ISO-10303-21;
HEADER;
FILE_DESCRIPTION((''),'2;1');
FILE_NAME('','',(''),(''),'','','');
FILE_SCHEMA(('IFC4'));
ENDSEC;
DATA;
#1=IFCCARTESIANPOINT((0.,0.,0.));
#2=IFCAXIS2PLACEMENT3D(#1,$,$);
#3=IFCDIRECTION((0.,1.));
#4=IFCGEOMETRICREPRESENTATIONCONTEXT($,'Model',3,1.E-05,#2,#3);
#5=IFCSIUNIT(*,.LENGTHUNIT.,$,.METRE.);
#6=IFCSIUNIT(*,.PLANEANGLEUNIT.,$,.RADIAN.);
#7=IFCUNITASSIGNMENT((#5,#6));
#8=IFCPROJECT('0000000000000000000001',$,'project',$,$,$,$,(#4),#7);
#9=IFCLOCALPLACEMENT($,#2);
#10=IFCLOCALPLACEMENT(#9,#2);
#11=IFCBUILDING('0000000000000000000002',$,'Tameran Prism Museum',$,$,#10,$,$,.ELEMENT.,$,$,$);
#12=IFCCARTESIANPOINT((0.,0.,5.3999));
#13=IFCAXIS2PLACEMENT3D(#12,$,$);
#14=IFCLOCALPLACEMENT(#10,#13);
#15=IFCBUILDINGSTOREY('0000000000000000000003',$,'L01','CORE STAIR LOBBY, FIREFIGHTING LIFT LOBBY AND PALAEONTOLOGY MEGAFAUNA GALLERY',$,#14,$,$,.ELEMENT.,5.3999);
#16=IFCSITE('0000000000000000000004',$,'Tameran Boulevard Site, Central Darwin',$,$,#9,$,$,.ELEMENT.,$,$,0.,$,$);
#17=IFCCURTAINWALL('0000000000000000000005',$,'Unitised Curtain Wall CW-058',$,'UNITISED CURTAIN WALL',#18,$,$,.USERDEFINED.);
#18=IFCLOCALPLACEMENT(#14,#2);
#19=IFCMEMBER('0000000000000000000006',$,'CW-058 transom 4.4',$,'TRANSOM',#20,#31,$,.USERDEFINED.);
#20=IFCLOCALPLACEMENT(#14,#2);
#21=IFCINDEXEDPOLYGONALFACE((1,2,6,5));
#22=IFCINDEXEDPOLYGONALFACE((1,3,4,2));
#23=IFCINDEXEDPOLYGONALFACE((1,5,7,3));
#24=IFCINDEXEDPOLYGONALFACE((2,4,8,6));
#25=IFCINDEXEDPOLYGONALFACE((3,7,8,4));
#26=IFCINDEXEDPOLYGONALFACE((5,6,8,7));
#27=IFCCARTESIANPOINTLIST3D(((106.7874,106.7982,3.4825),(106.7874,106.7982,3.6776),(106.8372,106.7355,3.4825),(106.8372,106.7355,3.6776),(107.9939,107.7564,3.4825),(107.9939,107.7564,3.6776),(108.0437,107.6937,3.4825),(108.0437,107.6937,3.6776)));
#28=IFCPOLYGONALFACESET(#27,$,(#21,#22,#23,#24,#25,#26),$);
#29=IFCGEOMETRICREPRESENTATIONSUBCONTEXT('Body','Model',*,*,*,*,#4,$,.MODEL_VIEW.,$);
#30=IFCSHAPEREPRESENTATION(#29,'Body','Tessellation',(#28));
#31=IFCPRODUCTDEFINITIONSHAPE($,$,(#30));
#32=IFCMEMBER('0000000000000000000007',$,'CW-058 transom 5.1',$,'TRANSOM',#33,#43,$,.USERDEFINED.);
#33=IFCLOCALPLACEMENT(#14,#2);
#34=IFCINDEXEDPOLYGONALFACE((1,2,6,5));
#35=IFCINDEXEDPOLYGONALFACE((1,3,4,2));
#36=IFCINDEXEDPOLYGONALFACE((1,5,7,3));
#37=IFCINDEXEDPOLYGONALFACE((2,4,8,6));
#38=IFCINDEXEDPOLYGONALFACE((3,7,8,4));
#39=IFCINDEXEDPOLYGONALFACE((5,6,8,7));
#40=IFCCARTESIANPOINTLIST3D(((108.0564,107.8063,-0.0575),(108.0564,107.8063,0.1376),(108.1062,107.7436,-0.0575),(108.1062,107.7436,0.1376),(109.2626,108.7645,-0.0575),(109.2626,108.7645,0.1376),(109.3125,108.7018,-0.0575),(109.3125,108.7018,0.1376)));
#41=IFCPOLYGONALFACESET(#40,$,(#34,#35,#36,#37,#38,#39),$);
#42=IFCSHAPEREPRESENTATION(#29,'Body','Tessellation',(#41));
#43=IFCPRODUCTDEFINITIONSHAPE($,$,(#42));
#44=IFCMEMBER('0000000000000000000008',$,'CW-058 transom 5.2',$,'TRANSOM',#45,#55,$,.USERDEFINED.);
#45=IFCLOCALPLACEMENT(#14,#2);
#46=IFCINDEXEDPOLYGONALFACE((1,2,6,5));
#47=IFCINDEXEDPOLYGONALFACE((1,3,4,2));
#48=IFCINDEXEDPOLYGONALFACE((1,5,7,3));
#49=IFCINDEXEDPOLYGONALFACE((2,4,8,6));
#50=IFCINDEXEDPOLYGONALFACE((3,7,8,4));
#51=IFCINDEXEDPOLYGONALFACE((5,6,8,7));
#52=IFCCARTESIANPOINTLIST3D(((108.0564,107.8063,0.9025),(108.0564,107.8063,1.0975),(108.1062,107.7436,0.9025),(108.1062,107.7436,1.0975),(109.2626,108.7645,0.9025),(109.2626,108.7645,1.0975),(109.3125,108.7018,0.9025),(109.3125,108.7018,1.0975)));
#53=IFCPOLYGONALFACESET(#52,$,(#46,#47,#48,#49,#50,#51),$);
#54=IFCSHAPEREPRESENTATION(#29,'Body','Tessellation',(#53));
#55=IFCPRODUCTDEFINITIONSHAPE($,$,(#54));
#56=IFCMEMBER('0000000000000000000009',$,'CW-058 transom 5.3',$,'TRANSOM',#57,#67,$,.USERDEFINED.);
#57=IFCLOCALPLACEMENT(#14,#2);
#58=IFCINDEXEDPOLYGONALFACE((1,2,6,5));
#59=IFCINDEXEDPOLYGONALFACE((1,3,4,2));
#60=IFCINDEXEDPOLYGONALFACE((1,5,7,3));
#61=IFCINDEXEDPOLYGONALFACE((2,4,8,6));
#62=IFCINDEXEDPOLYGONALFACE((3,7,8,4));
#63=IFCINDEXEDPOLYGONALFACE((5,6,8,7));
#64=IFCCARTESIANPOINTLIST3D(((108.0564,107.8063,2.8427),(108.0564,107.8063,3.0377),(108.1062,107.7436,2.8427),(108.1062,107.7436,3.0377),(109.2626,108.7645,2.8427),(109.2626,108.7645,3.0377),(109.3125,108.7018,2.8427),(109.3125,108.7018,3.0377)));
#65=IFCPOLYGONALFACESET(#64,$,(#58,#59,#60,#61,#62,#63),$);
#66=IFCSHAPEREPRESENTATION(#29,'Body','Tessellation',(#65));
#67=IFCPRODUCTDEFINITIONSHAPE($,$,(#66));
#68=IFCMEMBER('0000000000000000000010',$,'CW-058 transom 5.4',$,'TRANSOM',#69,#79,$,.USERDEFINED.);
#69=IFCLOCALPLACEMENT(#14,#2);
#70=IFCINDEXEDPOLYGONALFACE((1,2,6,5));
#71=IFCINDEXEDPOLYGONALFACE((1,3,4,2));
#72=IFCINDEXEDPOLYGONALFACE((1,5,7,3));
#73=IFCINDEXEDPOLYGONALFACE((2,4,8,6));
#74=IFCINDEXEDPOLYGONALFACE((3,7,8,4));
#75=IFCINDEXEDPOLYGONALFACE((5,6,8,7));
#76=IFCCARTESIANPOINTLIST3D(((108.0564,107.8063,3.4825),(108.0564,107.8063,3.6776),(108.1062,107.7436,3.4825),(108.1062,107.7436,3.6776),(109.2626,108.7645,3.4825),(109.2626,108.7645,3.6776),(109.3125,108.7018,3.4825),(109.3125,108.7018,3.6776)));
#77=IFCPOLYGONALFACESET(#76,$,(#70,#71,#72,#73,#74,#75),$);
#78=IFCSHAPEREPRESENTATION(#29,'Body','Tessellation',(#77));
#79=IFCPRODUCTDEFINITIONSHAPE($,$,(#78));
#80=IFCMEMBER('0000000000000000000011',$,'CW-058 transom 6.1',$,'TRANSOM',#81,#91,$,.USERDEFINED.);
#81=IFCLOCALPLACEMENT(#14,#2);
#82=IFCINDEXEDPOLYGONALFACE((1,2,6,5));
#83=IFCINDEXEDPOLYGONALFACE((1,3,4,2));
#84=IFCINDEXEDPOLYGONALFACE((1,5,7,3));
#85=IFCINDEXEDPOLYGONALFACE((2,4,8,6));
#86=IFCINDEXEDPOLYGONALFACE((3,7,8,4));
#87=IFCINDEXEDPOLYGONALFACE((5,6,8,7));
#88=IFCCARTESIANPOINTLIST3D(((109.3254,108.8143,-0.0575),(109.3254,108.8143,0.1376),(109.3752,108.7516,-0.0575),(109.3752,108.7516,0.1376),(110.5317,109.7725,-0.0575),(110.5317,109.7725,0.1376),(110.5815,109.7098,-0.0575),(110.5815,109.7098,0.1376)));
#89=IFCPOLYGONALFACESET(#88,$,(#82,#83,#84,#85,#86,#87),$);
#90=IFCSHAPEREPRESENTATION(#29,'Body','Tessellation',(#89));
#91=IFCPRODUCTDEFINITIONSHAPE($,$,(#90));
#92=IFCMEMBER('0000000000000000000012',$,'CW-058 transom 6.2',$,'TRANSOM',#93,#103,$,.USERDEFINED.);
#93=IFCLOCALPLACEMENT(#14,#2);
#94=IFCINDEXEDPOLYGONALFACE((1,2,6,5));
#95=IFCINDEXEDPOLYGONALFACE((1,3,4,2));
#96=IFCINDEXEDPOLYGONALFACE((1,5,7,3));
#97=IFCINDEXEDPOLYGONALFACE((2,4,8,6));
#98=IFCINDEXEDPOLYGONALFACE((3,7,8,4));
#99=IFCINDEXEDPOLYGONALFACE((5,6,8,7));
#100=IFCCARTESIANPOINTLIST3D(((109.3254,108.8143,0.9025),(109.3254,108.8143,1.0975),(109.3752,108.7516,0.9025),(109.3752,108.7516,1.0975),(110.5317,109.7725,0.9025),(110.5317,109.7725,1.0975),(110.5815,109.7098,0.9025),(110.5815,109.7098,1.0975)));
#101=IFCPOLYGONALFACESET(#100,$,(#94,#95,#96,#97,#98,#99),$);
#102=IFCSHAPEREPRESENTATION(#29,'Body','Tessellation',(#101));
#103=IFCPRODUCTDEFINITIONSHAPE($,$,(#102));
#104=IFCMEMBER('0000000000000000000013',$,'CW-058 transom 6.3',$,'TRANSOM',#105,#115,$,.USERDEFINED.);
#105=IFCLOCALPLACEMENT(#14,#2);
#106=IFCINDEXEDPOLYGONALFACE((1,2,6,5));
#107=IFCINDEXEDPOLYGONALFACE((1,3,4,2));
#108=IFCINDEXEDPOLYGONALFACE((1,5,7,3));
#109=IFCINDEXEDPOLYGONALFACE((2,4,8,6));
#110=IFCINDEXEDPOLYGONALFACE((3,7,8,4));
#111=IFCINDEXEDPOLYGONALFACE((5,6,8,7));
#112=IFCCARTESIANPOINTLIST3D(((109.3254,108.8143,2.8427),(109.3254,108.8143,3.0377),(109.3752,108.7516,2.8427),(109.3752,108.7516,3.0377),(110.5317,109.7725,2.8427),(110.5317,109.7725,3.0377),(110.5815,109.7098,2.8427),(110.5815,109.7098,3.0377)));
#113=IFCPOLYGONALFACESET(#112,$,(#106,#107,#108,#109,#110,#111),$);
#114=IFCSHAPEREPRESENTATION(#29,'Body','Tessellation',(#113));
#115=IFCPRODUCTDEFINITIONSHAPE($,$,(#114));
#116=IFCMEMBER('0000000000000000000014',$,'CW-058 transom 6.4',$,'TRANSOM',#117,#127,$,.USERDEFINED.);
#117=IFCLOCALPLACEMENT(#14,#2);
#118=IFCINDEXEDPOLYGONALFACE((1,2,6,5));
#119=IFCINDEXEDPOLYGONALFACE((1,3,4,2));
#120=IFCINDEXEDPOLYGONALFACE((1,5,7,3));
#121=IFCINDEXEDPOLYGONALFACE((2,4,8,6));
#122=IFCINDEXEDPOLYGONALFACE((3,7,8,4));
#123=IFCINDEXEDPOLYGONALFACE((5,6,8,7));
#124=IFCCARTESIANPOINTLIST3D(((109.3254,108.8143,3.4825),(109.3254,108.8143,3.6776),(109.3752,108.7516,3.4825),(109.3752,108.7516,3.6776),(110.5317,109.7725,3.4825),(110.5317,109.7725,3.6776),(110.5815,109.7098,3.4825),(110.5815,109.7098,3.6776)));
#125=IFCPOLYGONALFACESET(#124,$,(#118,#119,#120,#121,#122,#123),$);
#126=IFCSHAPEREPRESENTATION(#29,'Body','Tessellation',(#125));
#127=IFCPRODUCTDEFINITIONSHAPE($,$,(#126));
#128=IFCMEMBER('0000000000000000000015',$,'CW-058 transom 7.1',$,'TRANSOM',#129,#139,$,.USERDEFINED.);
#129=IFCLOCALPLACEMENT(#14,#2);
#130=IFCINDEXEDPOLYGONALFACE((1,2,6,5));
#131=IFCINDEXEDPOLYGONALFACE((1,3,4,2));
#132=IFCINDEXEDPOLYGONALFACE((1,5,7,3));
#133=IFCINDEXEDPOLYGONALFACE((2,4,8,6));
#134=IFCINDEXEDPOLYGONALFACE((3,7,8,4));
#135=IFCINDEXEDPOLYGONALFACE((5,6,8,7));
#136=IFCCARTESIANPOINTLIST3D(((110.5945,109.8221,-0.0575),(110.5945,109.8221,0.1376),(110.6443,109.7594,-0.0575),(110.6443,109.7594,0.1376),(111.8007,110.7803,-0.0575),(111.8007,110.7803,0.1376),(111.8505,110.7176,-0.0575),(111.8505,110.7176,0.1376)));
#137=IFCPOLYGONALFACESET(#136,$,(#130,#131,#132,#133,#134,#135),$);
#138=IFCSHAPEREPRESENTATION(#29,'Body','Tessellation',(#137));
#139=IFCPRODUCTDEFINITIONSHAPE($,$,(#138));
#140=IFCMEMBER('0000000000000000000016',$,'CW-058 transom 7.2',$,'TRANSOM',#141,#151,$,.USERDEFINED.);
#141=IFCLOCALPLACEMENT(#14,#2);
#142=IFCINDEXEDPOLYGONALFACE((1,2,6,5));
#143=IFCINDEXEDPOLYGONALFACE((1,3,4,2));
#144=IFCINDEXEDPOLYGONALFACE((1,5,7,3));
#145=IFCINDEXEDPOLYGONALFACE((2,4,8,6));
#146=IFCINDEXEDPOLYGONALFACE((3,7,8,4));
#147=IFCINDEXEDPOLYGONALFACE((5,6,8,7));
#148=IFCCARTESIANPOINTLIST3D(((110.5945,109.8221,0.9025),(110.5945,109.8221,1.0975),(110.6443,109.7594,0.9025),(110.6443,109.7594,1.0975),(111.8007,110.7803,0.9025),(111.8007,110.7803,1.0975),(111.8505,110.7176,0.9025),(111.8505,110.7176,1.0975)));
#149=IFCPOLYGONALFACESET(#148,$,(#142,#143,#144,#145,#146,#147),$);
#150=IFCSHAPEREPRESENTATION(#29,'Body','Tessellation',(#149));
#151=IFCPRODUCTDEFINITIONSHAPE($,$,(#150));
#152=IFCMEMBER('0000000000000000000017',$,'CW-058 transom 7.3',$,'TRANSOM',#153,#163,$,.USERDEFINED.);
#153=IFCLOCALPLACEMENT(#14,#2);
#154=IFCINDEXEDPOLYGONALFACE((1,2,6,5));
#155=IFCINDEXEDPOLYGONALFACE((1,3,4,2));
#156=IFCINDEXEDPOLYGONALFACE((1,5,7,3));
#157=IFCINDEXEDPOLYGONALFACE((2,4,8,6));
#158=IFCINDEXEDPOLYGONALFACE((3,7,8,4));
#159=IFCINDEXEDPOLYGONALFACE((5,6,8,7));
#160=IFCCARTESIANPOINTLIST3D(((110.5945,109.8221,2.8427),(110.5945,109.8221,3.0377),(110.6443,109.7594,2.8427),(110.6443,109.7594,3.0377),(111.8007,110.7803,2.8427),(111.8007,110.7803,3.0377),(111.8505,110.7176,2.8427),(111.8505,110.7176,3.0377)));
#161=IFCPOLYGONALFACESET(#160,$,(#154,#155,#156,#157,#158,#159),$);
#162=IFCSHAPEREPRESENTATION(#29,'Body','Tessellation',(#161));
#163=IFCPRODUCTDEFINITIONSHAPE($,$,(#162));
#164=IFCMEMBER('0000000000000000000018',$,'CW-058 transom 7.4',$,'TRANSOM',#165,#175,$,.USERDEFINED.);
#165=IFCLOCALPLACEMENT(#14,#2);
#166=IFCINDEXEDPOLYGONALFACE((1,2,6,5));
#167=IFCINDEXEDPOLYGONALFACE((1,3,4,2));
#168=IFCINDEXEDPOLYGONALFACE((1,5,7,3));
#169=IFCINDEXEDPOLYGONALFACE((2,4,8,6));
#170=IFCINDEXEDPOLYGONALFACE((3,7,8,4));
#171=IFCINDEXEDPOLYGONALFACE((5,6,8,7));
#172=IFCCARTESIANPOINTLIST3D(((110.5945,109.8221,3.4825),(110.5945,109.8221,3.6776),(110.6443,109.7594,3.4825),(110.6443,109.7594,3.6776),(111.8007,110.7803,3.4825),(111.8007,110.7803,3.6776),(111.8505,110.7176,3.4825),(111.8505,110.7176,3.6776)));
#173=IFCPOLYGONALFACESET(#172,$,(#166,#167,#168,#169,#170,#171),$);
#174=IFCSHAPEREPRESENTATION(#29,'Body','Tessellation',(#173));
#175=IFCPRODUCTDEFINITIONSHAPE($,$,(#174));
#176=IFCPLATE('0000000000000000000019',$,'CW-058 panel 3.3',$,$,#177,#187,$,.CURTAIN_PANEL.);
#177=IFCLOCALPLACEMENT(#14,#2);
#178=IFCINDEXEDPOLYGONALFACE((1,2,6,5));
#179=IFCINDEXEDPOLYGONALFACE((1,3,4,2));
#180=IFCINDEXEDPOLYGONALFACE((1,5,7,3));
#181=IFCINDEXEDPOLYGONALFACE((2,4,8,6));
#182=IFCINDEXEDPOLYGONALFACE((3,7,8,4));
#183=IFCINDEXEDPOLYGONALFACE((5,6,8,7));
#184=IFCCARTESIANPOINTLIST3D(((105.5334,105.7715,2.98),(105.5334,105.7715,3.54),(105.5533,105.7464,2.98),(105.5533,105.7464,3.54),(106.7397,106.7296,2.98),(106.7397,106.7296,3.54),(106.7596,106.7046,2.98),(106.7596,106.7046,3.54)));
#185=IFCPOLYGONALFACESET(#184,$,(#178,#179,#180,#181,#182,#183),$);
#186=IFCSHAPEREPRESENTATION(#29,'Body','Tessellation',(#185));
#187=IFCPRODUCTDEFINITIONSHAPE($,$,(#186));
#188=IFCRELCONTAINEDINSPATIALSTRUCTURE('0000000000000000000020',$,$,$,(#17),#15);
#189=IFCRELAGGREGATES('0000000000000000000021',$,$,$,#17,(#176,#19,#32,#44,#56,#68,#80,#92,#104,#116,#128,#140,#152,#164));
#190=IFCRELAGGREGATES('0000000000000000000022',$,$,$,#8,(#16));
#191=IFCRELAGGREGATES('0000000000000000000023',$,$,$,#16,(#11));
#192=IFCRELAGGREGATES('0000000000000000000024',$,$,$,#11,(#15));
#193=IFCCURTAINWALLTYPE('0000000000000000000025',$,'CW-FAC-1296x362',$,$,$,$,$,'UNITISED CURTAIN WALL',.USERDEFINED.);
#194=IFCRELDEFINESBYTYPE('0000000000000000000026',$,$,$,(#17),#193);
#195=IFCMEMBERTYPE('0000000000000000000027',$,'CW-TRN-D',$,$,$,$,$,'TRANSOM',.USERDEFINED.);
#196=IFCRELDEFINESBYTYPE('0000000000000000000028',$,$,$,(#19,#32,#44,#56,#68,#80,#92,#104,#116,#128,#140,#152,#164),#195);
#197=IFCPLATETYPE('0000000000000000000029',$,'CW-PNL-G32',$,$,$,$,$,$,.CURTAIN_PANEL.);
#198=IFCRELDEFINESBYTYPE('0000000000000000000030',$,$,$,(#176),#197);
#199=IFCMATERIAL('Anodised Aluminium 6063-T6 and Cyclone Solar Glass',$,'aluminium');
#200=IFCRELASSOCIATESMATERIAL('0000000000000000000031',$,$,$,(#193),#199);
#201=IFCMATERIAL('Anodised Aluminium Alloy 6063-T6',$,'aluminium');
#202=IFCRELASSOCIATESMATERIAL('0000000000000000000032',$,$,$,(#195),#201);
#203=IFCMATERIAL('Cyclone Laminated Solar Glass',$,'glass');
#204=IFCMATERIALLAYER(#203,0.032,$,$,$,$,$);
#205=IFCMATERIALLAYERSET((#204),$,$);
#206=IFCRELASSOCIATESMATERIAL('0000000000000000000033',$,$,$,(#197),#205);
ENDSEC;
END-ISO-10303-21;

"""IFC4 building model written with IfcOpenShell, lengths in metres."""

from ifc_helpers import new_model, si_unit, direction, frame, origin, origin_2d, place, context, subcontext, project, spatial, rectangle, extrude, material, layer, layer_set, material_profile, profile_set, type_object, element, aggregate, save


model = new_model("IFC4")

# Units and contexts
model_context = context("Model", 3, precision=1e-05, world=origin(), true_north=direction((0.0, 1.0)))
body_context = subcontext(model_context, "Body", "Model", "MODEL_VIEW")
ifc_project = project(units=[si_unit("LENGTHUNIT", "METRE"), si_unit("PLANEANGLEUNIT", "RADIAN")], contexts=[model_context])

# Site, building, storey
site_placement = place(None, origin())
site = spatial("IfcSite", under=ifc_project, at=site_placement, Name="Tameran Boulevard Site, Central Darwin", CompositionType="ELEMENT", RefElevation=0.0)
building_placement = place(site_placement, origin())
building = spatial("IfcBuilding", under=site, at=building_placement, Name="Tameran Prism Museum", CompositionType="ELEMENT")
storey_placement = place(building_placement, frame((0.0, 0.0, 5.3999)))
storey = spatial("IfcBuildingStorey", under=building, at=storey_placement, Name="L01", Description="CORE STAIR LOBBY, FIREFIGHTING LIFT LOBBY AND PALAEONTOLOGY MEGAFAUNA GALLERY", CompositionType="ELEMENT", Elevation=5.3999)

# Curtain wall, members, plate
ifc_material_1 = material(Name="Anodised Aluminium 6063-T6 and Cyclone Solar Glass", Category="aluminium")
curtain_wall_type = type_object("IfcCurtainWallType", Name="CW-FAC-1296x362", ElementType="UNITISED CURTAIN WALL", PredefinedType="USERDEFINED", material=ifc_material_1)
curtain_wall_placement = place(storey_placement, origin())
curtain_wall = element("IfcCurtainWall", 1, at=curtain_wall_placement, inside=storey, type_object=curtain_wall_type, Name="Unitised Curtain Wall CW-058", ObjectType="UNITISED CURTAIN WALL", PredefinedType="USERDEFINED")
ifc_material_2 = material(Name="Anodised Aluminium Alloy 6063-T6", Category="aluminium")
ifc_material_profile_1 = material_profile(ifc_material_2, rectangle(XDim=0.0801, YDim=0.1951, at=origin_2d()))
ifc_profile_set_1 = profile_set([ifc_material_profile_1])
member_type_1 = type_object("IfcMemberType", Name="CW-TRN-D", ElementType="TRANSOM", PredefinedType="USERDEFINED", material=ifc_profile_set_1)
member_1_placement = place(storey_placement, frame((106.8123, 106.7668, 3.5801), z_axis=(0.783075, 0.621928, 0.0), x_axis=(-0.621928, 0.783075, 0.0)))
member_1 = element("IfcMember", 2, at=member_1_placement, type_object=member_type_1, Name="CW-058 transom 4.4", ObjectType="TRANSOM", PredefinedType="USERDEFINED", context=body_context, shape_type="SweptSolid", body=[
    extrude(rectangle(XDim=0.0801, YDim=0.1951, at=origin_2d()), origin(), (0.0, 0.0, 1.0), 1.5408),
])
member_2_placement = place(storey_placement, frame((108.0813, 107.7749, 0.04), z_axis=(0.783013, 0.622005, 0.0), x_axis=(-0.622005, 0.783013, 0.0)))
member_2 = element("IfcMember", 3, at=member_2_placement, type_object=member_type_1, Name="CW-058 transom 5.1", ObjectType="TRANSOM", PredefinedType="USERDEFINED", context=body_context, shape_type="SweptSolid", body=[
    extrude(rectangle(XDim=0.0801, YDim=0.1951, at=origin_2d()), origin(), (0.0, 0.0, 1.0), 1.5405),
])
member_3_placement = place(storey_placement, frame((108.0813, 107.7749, 1.0), z_axis=(0.783013, 0.622005, 0.0), x_axis=(-0.622005, 0.783013, 0.0)))
member_3 = element("IfcMember", 4, at=member_3_placement, type_object=member_type_1, Name="CW-058 transom 5.2", ObjectType="TRANSOM", PredefinedType="USERDEFINED", context=body_context, shape_type="SweptSolid", body=[
    extrude(rectangle(XDim=0.0801, YDim=0.1951, at=origin_2d()), origin(), (0.0, 0.0, 1.0), 1.5405),
])
member_4_placement = place(storey_placement, frame((108.0813, 107.7749, 2.9402), z_axis=(0.783013, 0.622005, 0.0), x_axis=(-0.622005, 0.783013, 0.0)))
member_4 = element("IfcMember", 5, at=member_4_placement, type_object=member_type_1, Name="CW-058 transom 5.3", ObjectType="TRANSOM", PredefinedType="USERDEFINED", context=body_context, shape_type="SweptSolid", body=[
    extrude(rectangle(XDim=0.0801, YDim=0.1951, at=origin_2d()), origin(), (0.0, 0.0, 1.0), 1.5405),
])
member_5_placement = place(storey_placement, frame((108.0813, 107.7749, 3.5801), z_axis=(0.783013, 0.622005, 0.0), x_axis=(-0.622005, 0.783013, 0.0)))
member_5 = element("IfcMember", 6, at=member_5_placement, type_object=member_type_1, Name="CW-058 transom 5.4", ObjectType="TRANSOM", PredefinedType="USERDEFINED", context=body_context, shape_type="SweptSolid", body=[
    extrude(rectangle(XDim=0.0801, YDim=0.1951, at=origin_2d()), origin(), (0.0, 0.0, 1.0), 1.5405),
])
member_6_placement = place(storey_placement, frame((109.3503, 108.783, 0.04), z_axis=(0.783013, 0.622005, 0.0), x_axis=(-0.622005, 0.783013, 0.0)))
member_6 = element("IfcMember", 7, at=member_6_placement, type_object=member_type_1, Name="CW-058 transom 6.1", ObjectType="TRANSOM", PredefinedType="USERDEFINED", context=body_context, shape_type="SweptSolid", body=[
    extrude(rectangle(XDim=0.0801, YDim=0.1951, at=origin_2d()), origin(), (0.0, 0.0, 1.0), 1.5405),
])
member_7_placement = place(storey_placement, frame((109.3503, 108.783, 1.0), z_axis=(0.783013, 0.622005, 0.0), x_axis=(-0.622005, 0.783013, 0.0)))
member_7 = element("IfcMember", 8, at=member_7_placement, type_object=member_type_1, Name="CW-058 transom 6.2", ObjectType="TRANSOM", PredefinedType="USERDEFINED", context=body_context, shape_type="SweptSolid", body=[
    extrude(rectangle(XDim=0.0801, YDim=0.1951, at=origin_2d()), origin(), (0.0, 0.0, 1.0), 1.5405),
])
member_8_placement = place(storey_placement, frame((109.3503, 108.783, 2.9402), z_axis=(0.783013, 0.622005, 0.0), x_axis=(-0.622005, 0.783013, 0.0)))
member_8 = element("IfcMember", 9, at=member_8_placement, type_object=member_type_1, Name="CW-058 transom 6.3", ObjectType="TRANSOM", PredefinedType="USERDEFINED", context=body_context, shape_type="SweptSolid", body=[
    extrude(rectangle(XDim=0.0801, YDim=0.1951, at=origin_2d()), origin(), (0.0, 0.0, 1.0), 1.5405),
])
member_9_placement = place(storey_placement, frame((109.3503, 108.783, 3.5801), z_axis=(0.783013, 0.622005, 0.0), x_axis=(-0.622005, 0.783013, 0.0)))
member_9 = element("IfcMember", 10, at=member_9_placement, type_object=member_type_1, Name="CW-058 transom 6.4", ObjectType="TRANSOM", PredefinedType="USERDEFINED", context=body_context, shape_type="SweptSolid", body=[
    extrude(rectangle(XDim=0.0801, YDim=0.1951, at=origin_2d()), origin(), (0.0, 0.0, 1.0), 1.5405),
])
member_10_placement = place(storey_placement, frame((110.6194, 109.7908, 0.04), z_axis=(0.783013, 0.622005, 0.0), x_axis=(-0.622005, 0.783013, 0.0)))
member_10 = element("IfcMember", 11, at=member_10_placement, type_object=member_type_1, Name="CW-058 transom 7.1", ObjectType="TRANSOM", PredefinedType="USERDEFINED", context=body_context, shape_type="SweptSolid", body=[
    extrude(rectangle(XDim=0.0801, YDim=0.1951, at=origin_2d()), origin(), (0.0, 0.0, 1.0), 1.5405),
])
member_11_placement = place(storey_placement, frame((110.6194, 109.7908, 1.0), z_axis=(0.783013, 0.622005, 0.0), x_axis=(-0.622005, 0.783013, 0.0)))
member_11 = element("IfcMember", 12, at=member_11_placement, type_object=member_type_1, Name="CW-058 transom 7.2", ObjectType="TRANSOM", PredefinedType="USERDEFINED", context=body_context, shape_type="SweptSolid", body=[
    extrude(rectangle(XDim=0.0801, YDim=0.1951, at=origin_2d()), origin(), (0.0, 0.0, 1.0), 1.5405),
])
member_12_placement = place(storey_placement, frame((110.6194, 109.7908, 2.9402), z_axis=(0.783013, 0.622005, 0.0), x_axis=(-0.622005, 0.783013, 0.0)))
member_12 = element("IfcMember", 13, at=member_12_placement, type_object=member_type_1, Name="CW-058 transom 7.3", ObjectType="TRANSOM", PredefinedType="USERDEFINED", context=body_context, shape_type="SweptSolid", body=[
    extrude(rectangle(XDim=0.0801, YDim=0.1951, at=origin_2d()), origin(), (0.0, 0.0, 1.0), 1.5405),
])
member_13_placement = place(storey_placement, frame((110.6194, 109.7908, 3.5801), z_axis=(0.783013, 0.622005, 0.0), x_axis=(-0.622005, 0.783013, 0.0)))
member_13 = element("IfcMember", 14, at=member_13_placement, type_object=member_type_1, Name="CW-058 transom 7.4", ObjectType="TRANSOM", PredefinedType="USERDEFINED", context=body_context, shape_type="SweptSolid", body=[
    extrude(rectangle(XDim=0.0801, YDim=0.1951, at=origin_2d()), origin(), (0.0, 0.0, 1.0), 1.5405),
])
ifc_material_3 = material(Name="Cyclone Laminated Solar Glass", Category="glass")
ifc_layer = layer(ifc_material_3, 0.032)
ifc_layer_set = layer_set([ifc_layer])
plate_type = type_object("IfcPlateType", Name="CW-PNL-G32", PredefinedType="CURTAIN_PANEL", material=ifc_layer_set)
plate_1_placement = place(storey_placement, frame((106.1465, 106.238, 2.98), z_axis=(0.0, 0.0, 1.0), x_axis=(0.783031, 0.621982, 0.0)))
plate_1 = element("IfcPlate", 15, at=plate_1_placement, type_object=plate_type, Name="CW-058 panel 3.3", PredefinedType="CURTAIN_PANEL", context=body_context, shape_type="SweptSolid", body=[
    extrude(rectangle(XDim=1.5405, YDim=0.032, at=origin_2d()), origin(), (0.0, 0.0, 1.0), 0.5601),
])
aggregate(curtain_wall, [plate_1, member_1, member_2, member_3, member_4, member_5, member_6, member_7, member_8, member_9, member_10, member_11, member_12, member_13])

save(model, "model.ifc")
